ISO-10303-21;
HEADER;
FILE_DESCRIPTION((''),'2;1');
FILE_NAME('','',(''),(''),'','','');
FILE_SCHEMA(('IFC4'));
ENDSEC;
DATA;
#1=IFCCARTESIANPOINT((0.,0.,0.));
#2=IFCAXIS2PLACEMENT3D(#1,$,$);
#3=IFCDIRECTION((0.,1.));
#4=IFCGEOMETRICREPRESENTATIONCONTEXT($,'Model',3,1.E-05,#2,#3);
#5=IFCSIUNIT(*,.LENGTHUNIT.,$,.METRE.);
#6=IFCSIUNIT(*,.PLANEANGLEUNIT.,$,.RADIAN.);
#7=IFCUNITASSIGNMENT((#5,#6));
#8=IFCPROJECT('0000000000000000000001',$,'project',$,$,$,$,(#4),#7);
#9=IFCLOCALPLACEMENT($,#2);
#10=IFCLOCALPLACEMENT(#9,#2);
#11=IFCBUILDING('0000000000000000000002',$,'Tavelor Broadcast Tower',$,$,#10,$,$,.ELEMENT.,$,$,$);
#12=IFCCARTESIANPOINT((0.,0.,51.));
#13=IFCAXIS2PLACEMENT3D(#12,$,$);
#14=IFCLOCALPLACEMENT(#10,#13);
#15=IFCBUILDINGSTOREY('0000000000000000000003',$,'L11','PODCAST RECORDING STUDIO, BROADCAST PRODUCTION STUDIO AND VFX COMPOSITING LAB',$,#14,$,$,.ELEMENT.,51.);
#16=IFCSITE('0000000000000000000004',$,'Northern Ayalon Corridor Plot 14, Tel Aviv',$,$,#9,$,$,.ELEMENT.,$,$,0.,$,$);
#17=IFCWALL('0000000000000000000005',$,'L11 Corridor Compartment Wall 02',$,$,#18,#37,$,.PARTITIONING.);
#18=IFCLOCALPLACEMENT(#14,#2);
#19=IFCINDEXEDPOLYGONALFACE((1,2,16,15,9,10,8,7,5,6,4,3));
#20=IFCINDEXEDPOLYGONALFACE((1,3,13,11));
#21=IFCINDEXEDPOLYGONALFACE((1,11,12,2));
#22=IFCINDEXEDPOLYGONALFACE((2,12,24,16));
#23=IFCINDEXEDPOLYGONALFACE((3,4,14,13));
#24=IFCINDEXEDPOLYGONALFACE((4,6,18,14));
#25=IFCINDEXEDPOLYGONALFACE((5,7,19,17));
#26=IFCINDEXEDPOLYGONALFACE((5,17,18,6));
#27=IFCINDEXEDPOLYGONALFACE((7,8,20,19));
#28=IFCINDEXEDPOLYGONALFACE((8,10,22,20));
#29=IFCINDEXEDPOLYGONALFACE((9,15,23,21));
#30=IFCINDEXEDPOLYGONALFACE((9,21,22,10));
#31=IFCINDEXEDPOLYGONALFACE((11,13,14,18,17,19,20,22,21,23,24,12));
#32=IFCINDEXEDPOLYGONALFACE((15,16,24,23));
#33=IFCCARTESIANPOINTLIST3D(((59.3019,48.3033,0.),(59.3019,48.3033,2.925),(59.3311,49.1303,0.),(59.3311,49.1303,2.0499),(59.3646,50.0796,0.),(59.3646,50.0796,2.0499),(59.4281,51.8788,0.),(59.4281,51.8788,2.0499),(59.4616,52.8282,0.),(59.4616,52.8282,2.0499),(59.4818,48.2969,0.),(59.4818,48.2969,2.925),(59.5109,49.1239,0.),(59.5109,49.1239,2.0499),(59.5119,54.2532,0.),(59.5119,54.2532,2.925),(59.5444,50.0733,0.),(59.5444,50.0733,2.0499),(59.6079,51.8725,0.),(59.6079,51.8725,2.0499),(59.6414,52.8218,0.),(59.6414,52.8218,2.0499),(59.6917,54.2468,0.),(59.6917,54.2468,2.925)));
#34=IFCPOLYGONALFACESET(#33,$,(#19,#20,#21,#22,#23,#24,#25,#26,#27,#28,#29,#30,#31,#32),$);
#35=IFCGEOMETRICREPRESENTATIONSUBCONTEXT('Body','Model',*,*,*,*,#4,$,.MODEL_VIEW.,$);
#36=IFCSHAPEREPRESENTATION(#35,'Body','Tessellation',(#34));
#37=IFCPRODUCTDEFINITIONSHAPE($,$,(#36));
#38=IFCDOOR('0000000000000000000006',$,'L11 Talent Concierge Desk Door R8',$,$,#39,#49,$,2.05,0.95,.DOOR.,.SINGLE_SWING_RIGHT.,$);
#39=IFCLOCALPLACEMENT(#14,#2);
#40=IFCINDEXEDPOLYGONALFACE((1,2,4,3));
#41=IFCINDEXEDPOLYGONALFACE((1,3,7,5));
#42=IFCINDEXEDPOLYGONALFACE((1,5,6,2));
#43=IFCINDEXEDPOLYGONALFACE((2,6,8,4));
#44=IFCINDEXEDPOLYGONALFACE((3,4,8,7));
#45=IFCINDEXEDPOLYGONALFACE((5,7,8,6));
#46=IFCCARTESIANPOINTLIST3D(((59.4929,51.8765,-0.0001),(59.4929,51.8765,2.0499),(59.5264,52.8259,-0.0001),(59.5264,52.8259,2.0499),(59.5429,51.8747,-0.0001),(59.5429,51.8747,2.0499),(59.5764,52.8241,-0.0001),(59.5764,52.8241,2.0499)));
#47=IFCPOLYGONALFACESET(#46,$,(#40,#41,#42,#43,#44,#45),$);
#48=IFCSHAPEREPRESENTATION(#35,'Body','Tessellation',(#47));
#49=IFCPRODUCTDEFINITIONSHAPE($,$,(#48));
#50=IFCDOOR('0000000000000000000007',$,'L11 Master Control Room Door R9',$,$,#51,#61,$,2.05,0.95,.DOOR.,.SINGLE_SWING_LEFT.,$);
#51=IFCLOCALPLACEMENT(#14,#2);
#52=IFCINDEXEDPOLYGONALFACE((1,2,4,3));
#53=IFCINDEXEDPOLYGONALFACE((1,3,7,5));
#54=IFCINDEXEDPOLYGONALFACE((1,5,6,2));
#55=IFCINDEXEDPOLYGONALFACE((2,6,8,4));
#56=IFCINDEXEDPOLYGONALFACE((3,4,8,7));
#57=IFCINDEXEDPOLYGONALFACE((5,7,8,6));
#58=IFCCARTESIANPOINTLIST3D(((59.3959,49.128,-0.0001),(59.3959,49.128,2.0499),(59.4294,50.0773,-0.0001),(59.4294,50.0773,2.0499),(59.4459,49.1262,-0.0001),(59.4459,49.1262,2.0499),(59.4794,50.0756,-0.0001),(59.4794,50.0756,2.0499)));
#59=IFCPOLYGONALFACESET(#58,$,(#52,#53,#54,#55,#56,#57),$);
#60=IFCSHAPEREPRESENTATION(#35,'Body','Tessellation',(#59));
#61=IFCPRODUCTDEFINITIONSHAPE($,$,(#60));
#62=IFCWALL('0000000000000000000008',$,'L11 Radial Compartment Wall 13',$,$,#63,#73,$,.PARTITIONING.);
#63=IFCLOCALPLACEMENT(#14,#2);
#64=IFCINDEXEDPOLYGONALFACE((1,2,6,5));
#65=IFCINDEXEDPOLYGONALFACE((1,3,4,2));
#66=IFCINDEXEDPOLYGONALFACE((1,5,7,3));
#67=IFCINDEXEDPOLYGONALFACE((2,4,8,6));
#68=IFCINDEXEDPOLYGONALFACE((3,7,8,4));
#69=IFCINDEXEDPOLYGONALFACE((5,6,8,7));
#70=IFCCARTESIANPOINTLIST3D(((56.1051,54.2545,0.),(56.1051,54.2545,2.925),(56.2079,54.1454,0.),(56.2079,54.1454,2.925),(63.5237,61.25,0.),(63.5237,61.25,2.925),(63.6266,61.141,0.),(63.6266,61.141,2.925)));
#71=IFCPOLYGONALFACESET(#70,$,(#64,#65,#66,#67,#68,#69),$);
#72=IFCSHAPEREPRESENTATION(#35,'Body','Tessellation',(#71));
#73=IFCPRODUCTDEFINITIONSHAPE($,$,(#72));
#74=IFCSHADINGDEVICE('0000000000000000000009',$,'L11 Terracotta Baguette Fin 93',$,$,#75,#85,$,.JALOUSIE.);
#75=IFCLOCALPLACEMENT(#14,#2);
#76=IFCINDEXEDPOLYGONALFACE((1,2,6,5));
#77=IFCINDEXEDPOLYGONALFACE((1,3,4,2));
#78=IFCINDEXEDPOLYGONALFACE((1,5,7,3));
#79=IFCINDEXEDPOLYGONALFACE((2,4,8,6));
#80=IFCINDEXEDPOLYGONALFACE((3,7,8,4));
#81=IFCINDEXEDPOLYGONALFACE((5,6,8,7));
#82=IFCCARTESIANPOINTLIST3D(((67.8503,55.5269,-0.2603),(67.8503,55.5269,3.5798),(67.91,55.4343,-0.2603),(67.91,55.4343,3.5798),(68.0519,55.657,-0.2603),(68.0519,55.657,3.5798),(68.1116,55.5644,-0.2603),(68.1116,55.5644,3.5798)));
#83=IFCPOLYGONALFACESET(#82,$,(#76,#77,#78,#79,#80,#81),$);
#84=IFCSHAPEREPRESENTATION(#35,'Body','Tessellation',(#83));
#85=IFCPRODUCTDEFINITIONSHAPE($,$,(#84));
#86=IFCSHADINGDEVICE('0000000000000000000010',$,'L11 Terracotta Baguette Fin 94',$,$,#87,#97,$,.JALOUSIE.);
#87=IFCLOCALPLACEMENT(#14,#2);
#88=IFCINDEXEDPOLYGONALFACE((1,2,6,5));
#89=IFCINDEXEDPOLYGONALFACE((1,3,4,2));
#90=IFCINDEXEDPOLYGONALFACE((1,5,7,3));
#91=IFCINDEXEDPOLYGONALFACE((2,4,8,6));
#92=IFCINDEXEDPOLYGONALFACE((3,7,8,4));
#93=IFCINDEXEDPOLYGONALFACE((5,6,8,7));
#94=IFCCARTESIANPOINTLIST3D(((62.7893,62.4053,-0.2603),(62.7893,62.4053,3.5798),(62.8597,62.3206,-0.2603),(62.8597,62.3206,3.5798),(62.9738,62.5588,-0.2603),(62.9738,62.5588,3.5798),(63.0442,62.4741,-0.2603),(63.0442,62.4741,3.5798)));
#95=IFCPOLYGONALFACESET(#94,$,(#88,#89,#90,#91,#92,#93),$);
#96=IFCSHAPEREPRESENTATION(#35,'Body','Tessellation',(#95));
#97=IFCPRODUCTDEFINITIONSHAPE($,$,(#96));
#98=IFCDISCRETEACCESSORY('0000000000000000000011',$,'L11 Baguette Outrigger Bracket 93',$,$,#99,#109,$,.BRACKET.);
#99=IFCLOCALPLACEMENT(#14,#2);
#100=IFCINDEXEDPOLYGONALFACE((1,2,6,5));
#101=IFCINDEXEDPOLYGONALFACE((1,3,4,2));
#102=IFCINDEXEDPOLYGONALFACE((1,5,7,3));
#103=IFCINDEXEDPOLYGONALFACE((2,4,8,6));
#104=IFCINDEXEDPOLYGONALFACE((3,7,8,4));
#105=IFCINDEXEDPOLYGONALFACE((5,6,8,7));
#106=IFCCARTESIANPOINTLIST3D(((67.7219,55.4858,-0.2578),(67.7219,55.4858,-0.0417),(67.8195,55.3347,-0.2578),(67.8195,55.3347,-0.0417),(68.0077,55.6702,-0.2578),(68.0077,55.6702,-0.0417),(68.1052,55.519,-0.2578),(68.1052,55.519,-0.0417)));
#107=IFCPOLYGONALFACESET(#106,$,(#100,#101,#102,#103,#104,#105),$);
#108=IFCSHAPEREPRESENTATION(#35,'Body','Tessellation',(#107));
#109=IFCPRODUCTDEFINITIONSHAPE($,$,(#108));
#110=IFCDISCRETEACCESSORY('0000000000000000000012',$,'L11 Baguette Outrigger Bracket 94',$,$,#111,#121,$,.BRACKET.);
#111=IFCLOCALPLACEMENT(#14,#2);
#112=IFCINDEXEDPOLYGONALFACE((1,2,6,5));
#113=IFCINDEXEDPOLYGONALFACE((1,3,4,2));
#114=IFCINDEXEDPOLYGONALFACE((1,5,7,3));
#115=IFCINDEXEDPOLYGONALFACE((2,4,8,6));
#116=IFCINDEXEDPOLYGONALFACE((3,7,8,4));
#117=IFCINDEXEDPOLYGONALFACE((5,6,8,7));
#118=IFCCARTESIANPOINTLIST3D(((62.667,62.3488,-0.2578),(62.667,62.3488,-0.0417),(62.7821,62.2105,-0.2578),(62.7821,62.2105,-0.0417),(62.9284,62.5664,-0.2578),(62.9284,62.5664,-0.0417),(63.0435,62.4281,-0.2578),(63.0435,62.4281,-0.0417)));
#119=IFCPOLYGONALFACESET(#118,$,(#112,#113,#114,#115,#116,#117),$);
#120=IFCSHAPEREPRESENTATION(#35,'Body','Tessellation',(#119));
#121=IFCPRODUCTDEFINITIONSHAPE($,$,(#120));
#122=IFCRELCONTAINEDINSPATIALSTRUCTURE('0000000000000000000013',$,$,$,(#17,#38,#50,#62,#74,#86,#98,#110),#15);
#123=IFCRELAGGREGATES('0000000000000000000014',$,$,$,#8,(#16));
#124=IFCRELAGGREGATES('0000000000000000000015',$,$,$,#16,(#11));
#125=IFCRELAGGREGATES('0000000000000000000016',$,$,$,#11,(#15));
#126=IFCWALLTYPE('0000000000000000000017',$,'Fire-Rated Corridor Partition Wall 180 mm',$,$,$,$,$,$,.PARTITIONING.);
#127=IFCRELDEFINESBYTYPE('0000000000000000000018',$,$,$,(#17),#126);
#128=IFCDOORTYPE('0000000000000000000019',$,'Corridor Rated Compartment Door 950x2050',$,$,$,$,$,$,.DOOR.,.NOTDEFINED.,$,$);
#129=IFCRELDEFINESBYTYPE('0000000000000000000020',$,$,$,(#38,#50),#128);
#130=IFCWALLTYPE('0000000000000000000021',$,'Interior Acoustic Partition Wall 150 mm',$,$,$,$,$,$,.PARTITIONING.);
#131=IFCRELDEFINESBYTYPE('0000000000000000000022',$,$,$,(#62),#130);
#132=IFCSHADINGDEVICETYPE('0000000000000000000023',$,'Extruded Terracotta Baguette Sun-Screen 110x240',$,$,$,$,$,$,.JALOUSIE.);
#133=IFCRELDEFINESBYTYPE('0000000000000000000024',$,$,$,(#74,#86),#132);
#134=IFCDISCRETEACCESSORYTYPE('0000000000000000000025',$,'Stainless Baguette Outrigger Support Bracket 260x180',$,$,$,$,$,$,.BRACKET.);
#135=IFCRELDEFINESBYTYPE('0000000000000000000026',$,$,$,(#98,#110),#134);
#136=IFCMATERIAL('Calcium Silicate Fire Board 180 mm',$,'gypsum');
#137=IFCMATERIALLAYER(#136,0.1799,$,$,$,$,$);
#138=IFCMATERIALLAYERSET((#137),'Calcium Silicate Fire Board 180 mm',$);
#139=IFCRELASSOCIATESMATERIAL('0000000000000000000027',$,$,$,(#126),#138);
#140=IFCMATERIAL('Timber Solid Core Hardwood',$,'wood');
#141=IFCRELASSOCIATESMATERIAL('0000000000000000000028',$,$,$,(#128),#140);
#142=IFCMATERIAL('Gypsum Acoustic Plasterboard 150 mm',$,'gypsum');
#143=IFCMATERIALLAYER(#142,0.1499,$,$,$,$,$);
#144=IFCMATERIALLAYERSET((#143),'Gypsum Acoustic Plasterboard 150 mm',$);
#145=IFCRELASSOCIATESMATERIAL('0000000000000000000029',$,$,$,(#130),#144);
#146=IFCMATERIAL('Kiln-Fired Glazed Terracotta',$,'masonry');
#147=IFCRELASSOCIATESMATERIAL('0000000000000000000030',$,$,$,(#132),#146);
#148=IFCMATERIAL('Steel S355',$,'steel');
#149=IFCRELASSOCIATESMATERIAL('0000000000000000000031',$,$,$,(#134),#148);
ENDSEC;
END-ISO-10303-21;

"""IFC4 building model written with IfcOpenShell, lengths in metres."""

from ifc_helpers import new_model, si_unit, direction, frame, frame_2d, origin, origin_2d, place, context, subcontext, project, spatial, rectangle, extrude, source, transform, mapped, material, layer, layer_set, type_object, type_shapes, element, fill, save


model = new_model("IFC4")

# Units and contexts
model_context = context("Model", 3, precision=1e-05, world=origin(), true_north=direction((0.0, 1.0)))
body_context = subcontext(model_context, "Body", "Model", "MODEL_VIEW")
ifc_project = project(units=[si_unit("LENGTHUNIT", "METRE"), si_unit("PLANEANGLEUNIT", "RADIAN")], contexts=[model_context])

# Site, building, storey
site_placement = place(None, origin())
site = spatial("IfcSite", under=ifc_project, at=site_placement, Name="Northern Ayalon Corridor Plot 14, Tel Aviv", CompositionType="ELEMENT", RefElevation=0.0)
building_placement = place(site_placement, origin())
building = spatial("IfcBuilding", under=site, at=building_placement, Name="Tavelor Broadcast Tower", CompositionType="ELEMENT")
storey_placement = place(building_placement, frame((0.0, 0.0, 51.0)))
storey = spatial("IfcBuildingStorey", under=building, at=storey_placement, Name="L11", Description="PODCAST RECORDING STUDIO, BROADCAST PRODUCTION STUDIO AND VFX COMPOSITING LAB", CompositionType="ELEMENT", Elevation=51.0)

# Shared definitions
ifc_material_1 = material(Name="Steel S355", Category="steel")

# Shared definitions
ifc_material_2 = material(Name="Calcium Silicate Fire Board 180 mm", Category="gypsum")
ifc_layer_1 = layer(ifc_material_2, 0.1799)
ifc_layer_set_1 = layer_set([ifc_layer_1], Name="Calcium Silicate Fire Board 180 mm")
wall_type_1 = type_object("IfcWallType", Name="Fire-Rated Corridor Partition Wall 180 mm", PredefinedType="PARTITIONING", material=ifc_layer_set_1)

# Wall, openings, doors
wall_1_placement = place(storey_placement, frame((59.6018, 54.25, 0.0), z_axis=(0.0, 0.0, 1.0), x_axis=(-0.035266, -0.999378, 0.0)))
wall_1 = element("IfcWall", 1, at=wall_1_placement, inside=storey, type_object=wall_type_1, Name="L11 Corridor Compartment Wall 02", PredefinedType="PARTITIONING", context=body_context, shape_type="SweptSolid", body=[
    extrude(rectangle(XDim=5.9536, YDim=0.1799, at=frame_2d((2.9768, 0.0))), origin(), (0.0, 0.0, 1.0), 2.925),
])
opening_1_placement = place(wall_1_placement, frame((1.4258, 0.0, 0.0)))
opening_1 = element("IfcOpeningElement", 2, at=opening_1_placement, cuts=wall_1, PredefinedType="OPENING", context=body_context, shape_type="SweptSolid", body=[
    extrude(rectangle(XDim=0.95, YDim=2.05, at=frame_2d((0.4751, 1.0249))), frame((0.0, 0.1001, 0.0), z_axis=(0.0, -1.0, 0.0), x_axis=(1.0, 0.0, 0.0)), (0.0, 0.0, 1.0), 0.2),
])
opening_2_placement = place(wall_1_placement, frame((4.176, 0.0, 0.0)))
opening_2 = element("IfcOpeningElement", 3, at=opening_2_placement, cuts=wall_1, PredefinedType="OPENING", context=body_context, shape_type="SweptSolid", body=[
    extrude(rectangle(XDim=0.95, YDim=2.05, at=frame_2d((0.4751, 1.0249))), frame((0.0, 0.1001, 0.0), z_axis=(0.0, -1.0, 0.0), x_axis=(1.0, 0.0, 0.0)), (0.0, 0.0, 1.0), 0.2),
])
ifc_material_3 = material(Name="Timber Solid Core Hardwood", Category="wood")
door_type = type_object("IfcDoorType", Name="Corridor Rated Compartment Door 950x2050", OperationType="NOTDEFINED", PredefinedType="DOOR", material=ifc_material_3)
door_1_placement = place(opening_1_placement, origin())
door_1 = element("IfcDoor", 4, at=door_1_placement, inside=storey, type_object=door_type, Name="L11 Talent Concierge Desk Door R8", OperationType="SINGLE_SWING_RIGHT", OverallHeight=2.05, OverallWidth=0.95, PredefinedType="DOOR", context=body_context, shape_type="SweptSolid", body=[
    extrude(rectangle(XDim=0.95, YDim=2.05, at=frame_2d((0.4751, 1.0249))), frame((0.0, 0.0249, 0.0), z_axis=(0.0, -1.0, 0.0), x_axis=(1.0, 0.0, 0.0)), (0.0, 0.0, 1.0), 0.05),
])
fill(opening_1, door_1)
door_2_placement = place(opening_2_placement, origin())
door_2 = element("IfcDoor", 5, at=door_2_placement, inside=storey, type_object=door_type, Name="L11 Master Control Room Door R9", OperationType="SINGLE_SWING_LEFT", OverallHeight=2.05, OverallWidth=0.95, PredefinedType="DOOR", context=body_context, shape_type="SweptSolid", body=[
    extrude(rectangle(XDim=0.95, YDim=2.05, at=frame_2d((0.4751, 1.0249))), frame((0.0, 0.0249, 0.0), z_axis=(0.0, -1.0, 0.0), x_axis=(1.0, 0.0, 0.0)), (0.0, 0.0, 1.0), 0.05),
])
fill(opening_2, door_2)

# Wall
ifc_material_4 = material(Name="Gypsum Acoustic Plasterboard 150 mm", Category="gypsum")
ifc_layer_2 = layer(ifc_material_4, 0.1499)
ifc_layer_set_2 = layer_set([ifc_layer_2], Name="Gypsum Acoustic Plasterboard 150 mm")
wall_type_2 = type_object("IfcWallType", Name="Interior Acoustic Partition Wall 150 mm", PredefinedType="PARTITIONING", material=ifc_layer_set_2)
wall_2_placement = place(storey_placement, frame((56.1565, 54.2, 0.0), z_axis=(0.0, 0.0, 1.0), x_axis=(0.727549, 0.686056, 0.0)))
element("IfcWall", 6, at=wall_2_placement, inside=storey, type_object=wall_type_2, Name="L11 Radial Compartment Wall 13", PredefinedType="PARTITIONING", context=body_context, shape_type="SweptSolid", body=[
    extrude(rectangle(XDim=10.1968, YDim=0.1499, at=frame_2d((5.0984, 0.0))), origin(), (0.0, 0.0, 1.0), 2.925),
])

# Shading devices
ifc_material_5 = material(Name="Kiln-Fired Glazed Terracotta", Category="masonry")
shading_device_type = type_object("IfcShadingDeviceType", Name="Extruded Terracotta Baguette Sun-Screen 110x240", PredefinedType="JALOUSIE", material=ifc_material_5)
shared_shape_1 = source(origin(), body_context, "Body", "SweptSolid", [
    extrude(rectangle(XDim=0.1101, YDim=0.24, at=origin_2d()), origin(), (0.0, 0.0, 1.0), 3.8401),
])
type_shapes(shading_device_type, [shared_shape_1])
for number, where, z_axis, x_axis, name in (
    (7, (67.981, 55.5457, -0.2603), (0.0, 0.0, 1.0), (-0.542148, 0.840283, 0.0), "L11 Terracotta Baguette Fin 93"),
    (8, (62.9167, 62.4397, -0.2603), (0.0, 0.0, 1.0), (-0.639707, 0.768619, 0.0), "L11 Terracotta Baguette Fin 94"),
):
    element("IfcShadingDevice", number, at=place(storey_placement, frame(where, z_axis=z_axis, x_axis=x_axis)), inside=storey, type_object=shading_device_type, Name=name, PredefinedType="JALOUSIE", context=body_context, shape_type="MappedRepresentation", body=[
        mapped(shared_shape_1, transform((0.0, 0.0, 0.0), scale=1.0)),
    ])

# Discrete accessories
discrete_accessory_type = type_object("IfcDiscreteAccessoryType", Name="Stainless Baguette Outrigger Support Bracket 260x180", PredefinedType="BRACKET", material=ifc_material_1)
shared_shape_2 = source(origin(), body_context, "Body", "SweptSolid", [
    extrude(rectangle(XDim=0.1799, YDim=0.3401, at=origin_2d()), origin(), (0.0, 0.0, 1.0), 0.2161),
])
type_shapes(discrete_accessory_type, [shared_shape_2])
for number, where, z_axis, x_axis, name in (
    (9, (67.9136, 55.5024, -0.2578), (0.0, 0.0, 1.0), (-0.542148, 0.840283, 0.0), "L11 Baguette Outrigger Bracket 93"),
    (10, (62.8552, 62.3884, -0.2578), (0.0, 0.0, 1.0), (-0.639707, 0.768619, 0.0), "L11 Baguette Outrigger Bracket 94"),
):
    element("IfcDiscreteAccessory", number, at=place(storey_placement, frame(where, z_axis=z_axis, x_axis=x_axis)), inside=storey, type_object=discrete_accessory_type, Name=name, PredefinedType="BRACKET", context=body_context, shape_type="MappedRepresentation", body=[
        mapped(shared_shape_2, transform((0.0, 0.0, 0.0), scale=1.0)),
    ])

save(model, "model.ifc")
